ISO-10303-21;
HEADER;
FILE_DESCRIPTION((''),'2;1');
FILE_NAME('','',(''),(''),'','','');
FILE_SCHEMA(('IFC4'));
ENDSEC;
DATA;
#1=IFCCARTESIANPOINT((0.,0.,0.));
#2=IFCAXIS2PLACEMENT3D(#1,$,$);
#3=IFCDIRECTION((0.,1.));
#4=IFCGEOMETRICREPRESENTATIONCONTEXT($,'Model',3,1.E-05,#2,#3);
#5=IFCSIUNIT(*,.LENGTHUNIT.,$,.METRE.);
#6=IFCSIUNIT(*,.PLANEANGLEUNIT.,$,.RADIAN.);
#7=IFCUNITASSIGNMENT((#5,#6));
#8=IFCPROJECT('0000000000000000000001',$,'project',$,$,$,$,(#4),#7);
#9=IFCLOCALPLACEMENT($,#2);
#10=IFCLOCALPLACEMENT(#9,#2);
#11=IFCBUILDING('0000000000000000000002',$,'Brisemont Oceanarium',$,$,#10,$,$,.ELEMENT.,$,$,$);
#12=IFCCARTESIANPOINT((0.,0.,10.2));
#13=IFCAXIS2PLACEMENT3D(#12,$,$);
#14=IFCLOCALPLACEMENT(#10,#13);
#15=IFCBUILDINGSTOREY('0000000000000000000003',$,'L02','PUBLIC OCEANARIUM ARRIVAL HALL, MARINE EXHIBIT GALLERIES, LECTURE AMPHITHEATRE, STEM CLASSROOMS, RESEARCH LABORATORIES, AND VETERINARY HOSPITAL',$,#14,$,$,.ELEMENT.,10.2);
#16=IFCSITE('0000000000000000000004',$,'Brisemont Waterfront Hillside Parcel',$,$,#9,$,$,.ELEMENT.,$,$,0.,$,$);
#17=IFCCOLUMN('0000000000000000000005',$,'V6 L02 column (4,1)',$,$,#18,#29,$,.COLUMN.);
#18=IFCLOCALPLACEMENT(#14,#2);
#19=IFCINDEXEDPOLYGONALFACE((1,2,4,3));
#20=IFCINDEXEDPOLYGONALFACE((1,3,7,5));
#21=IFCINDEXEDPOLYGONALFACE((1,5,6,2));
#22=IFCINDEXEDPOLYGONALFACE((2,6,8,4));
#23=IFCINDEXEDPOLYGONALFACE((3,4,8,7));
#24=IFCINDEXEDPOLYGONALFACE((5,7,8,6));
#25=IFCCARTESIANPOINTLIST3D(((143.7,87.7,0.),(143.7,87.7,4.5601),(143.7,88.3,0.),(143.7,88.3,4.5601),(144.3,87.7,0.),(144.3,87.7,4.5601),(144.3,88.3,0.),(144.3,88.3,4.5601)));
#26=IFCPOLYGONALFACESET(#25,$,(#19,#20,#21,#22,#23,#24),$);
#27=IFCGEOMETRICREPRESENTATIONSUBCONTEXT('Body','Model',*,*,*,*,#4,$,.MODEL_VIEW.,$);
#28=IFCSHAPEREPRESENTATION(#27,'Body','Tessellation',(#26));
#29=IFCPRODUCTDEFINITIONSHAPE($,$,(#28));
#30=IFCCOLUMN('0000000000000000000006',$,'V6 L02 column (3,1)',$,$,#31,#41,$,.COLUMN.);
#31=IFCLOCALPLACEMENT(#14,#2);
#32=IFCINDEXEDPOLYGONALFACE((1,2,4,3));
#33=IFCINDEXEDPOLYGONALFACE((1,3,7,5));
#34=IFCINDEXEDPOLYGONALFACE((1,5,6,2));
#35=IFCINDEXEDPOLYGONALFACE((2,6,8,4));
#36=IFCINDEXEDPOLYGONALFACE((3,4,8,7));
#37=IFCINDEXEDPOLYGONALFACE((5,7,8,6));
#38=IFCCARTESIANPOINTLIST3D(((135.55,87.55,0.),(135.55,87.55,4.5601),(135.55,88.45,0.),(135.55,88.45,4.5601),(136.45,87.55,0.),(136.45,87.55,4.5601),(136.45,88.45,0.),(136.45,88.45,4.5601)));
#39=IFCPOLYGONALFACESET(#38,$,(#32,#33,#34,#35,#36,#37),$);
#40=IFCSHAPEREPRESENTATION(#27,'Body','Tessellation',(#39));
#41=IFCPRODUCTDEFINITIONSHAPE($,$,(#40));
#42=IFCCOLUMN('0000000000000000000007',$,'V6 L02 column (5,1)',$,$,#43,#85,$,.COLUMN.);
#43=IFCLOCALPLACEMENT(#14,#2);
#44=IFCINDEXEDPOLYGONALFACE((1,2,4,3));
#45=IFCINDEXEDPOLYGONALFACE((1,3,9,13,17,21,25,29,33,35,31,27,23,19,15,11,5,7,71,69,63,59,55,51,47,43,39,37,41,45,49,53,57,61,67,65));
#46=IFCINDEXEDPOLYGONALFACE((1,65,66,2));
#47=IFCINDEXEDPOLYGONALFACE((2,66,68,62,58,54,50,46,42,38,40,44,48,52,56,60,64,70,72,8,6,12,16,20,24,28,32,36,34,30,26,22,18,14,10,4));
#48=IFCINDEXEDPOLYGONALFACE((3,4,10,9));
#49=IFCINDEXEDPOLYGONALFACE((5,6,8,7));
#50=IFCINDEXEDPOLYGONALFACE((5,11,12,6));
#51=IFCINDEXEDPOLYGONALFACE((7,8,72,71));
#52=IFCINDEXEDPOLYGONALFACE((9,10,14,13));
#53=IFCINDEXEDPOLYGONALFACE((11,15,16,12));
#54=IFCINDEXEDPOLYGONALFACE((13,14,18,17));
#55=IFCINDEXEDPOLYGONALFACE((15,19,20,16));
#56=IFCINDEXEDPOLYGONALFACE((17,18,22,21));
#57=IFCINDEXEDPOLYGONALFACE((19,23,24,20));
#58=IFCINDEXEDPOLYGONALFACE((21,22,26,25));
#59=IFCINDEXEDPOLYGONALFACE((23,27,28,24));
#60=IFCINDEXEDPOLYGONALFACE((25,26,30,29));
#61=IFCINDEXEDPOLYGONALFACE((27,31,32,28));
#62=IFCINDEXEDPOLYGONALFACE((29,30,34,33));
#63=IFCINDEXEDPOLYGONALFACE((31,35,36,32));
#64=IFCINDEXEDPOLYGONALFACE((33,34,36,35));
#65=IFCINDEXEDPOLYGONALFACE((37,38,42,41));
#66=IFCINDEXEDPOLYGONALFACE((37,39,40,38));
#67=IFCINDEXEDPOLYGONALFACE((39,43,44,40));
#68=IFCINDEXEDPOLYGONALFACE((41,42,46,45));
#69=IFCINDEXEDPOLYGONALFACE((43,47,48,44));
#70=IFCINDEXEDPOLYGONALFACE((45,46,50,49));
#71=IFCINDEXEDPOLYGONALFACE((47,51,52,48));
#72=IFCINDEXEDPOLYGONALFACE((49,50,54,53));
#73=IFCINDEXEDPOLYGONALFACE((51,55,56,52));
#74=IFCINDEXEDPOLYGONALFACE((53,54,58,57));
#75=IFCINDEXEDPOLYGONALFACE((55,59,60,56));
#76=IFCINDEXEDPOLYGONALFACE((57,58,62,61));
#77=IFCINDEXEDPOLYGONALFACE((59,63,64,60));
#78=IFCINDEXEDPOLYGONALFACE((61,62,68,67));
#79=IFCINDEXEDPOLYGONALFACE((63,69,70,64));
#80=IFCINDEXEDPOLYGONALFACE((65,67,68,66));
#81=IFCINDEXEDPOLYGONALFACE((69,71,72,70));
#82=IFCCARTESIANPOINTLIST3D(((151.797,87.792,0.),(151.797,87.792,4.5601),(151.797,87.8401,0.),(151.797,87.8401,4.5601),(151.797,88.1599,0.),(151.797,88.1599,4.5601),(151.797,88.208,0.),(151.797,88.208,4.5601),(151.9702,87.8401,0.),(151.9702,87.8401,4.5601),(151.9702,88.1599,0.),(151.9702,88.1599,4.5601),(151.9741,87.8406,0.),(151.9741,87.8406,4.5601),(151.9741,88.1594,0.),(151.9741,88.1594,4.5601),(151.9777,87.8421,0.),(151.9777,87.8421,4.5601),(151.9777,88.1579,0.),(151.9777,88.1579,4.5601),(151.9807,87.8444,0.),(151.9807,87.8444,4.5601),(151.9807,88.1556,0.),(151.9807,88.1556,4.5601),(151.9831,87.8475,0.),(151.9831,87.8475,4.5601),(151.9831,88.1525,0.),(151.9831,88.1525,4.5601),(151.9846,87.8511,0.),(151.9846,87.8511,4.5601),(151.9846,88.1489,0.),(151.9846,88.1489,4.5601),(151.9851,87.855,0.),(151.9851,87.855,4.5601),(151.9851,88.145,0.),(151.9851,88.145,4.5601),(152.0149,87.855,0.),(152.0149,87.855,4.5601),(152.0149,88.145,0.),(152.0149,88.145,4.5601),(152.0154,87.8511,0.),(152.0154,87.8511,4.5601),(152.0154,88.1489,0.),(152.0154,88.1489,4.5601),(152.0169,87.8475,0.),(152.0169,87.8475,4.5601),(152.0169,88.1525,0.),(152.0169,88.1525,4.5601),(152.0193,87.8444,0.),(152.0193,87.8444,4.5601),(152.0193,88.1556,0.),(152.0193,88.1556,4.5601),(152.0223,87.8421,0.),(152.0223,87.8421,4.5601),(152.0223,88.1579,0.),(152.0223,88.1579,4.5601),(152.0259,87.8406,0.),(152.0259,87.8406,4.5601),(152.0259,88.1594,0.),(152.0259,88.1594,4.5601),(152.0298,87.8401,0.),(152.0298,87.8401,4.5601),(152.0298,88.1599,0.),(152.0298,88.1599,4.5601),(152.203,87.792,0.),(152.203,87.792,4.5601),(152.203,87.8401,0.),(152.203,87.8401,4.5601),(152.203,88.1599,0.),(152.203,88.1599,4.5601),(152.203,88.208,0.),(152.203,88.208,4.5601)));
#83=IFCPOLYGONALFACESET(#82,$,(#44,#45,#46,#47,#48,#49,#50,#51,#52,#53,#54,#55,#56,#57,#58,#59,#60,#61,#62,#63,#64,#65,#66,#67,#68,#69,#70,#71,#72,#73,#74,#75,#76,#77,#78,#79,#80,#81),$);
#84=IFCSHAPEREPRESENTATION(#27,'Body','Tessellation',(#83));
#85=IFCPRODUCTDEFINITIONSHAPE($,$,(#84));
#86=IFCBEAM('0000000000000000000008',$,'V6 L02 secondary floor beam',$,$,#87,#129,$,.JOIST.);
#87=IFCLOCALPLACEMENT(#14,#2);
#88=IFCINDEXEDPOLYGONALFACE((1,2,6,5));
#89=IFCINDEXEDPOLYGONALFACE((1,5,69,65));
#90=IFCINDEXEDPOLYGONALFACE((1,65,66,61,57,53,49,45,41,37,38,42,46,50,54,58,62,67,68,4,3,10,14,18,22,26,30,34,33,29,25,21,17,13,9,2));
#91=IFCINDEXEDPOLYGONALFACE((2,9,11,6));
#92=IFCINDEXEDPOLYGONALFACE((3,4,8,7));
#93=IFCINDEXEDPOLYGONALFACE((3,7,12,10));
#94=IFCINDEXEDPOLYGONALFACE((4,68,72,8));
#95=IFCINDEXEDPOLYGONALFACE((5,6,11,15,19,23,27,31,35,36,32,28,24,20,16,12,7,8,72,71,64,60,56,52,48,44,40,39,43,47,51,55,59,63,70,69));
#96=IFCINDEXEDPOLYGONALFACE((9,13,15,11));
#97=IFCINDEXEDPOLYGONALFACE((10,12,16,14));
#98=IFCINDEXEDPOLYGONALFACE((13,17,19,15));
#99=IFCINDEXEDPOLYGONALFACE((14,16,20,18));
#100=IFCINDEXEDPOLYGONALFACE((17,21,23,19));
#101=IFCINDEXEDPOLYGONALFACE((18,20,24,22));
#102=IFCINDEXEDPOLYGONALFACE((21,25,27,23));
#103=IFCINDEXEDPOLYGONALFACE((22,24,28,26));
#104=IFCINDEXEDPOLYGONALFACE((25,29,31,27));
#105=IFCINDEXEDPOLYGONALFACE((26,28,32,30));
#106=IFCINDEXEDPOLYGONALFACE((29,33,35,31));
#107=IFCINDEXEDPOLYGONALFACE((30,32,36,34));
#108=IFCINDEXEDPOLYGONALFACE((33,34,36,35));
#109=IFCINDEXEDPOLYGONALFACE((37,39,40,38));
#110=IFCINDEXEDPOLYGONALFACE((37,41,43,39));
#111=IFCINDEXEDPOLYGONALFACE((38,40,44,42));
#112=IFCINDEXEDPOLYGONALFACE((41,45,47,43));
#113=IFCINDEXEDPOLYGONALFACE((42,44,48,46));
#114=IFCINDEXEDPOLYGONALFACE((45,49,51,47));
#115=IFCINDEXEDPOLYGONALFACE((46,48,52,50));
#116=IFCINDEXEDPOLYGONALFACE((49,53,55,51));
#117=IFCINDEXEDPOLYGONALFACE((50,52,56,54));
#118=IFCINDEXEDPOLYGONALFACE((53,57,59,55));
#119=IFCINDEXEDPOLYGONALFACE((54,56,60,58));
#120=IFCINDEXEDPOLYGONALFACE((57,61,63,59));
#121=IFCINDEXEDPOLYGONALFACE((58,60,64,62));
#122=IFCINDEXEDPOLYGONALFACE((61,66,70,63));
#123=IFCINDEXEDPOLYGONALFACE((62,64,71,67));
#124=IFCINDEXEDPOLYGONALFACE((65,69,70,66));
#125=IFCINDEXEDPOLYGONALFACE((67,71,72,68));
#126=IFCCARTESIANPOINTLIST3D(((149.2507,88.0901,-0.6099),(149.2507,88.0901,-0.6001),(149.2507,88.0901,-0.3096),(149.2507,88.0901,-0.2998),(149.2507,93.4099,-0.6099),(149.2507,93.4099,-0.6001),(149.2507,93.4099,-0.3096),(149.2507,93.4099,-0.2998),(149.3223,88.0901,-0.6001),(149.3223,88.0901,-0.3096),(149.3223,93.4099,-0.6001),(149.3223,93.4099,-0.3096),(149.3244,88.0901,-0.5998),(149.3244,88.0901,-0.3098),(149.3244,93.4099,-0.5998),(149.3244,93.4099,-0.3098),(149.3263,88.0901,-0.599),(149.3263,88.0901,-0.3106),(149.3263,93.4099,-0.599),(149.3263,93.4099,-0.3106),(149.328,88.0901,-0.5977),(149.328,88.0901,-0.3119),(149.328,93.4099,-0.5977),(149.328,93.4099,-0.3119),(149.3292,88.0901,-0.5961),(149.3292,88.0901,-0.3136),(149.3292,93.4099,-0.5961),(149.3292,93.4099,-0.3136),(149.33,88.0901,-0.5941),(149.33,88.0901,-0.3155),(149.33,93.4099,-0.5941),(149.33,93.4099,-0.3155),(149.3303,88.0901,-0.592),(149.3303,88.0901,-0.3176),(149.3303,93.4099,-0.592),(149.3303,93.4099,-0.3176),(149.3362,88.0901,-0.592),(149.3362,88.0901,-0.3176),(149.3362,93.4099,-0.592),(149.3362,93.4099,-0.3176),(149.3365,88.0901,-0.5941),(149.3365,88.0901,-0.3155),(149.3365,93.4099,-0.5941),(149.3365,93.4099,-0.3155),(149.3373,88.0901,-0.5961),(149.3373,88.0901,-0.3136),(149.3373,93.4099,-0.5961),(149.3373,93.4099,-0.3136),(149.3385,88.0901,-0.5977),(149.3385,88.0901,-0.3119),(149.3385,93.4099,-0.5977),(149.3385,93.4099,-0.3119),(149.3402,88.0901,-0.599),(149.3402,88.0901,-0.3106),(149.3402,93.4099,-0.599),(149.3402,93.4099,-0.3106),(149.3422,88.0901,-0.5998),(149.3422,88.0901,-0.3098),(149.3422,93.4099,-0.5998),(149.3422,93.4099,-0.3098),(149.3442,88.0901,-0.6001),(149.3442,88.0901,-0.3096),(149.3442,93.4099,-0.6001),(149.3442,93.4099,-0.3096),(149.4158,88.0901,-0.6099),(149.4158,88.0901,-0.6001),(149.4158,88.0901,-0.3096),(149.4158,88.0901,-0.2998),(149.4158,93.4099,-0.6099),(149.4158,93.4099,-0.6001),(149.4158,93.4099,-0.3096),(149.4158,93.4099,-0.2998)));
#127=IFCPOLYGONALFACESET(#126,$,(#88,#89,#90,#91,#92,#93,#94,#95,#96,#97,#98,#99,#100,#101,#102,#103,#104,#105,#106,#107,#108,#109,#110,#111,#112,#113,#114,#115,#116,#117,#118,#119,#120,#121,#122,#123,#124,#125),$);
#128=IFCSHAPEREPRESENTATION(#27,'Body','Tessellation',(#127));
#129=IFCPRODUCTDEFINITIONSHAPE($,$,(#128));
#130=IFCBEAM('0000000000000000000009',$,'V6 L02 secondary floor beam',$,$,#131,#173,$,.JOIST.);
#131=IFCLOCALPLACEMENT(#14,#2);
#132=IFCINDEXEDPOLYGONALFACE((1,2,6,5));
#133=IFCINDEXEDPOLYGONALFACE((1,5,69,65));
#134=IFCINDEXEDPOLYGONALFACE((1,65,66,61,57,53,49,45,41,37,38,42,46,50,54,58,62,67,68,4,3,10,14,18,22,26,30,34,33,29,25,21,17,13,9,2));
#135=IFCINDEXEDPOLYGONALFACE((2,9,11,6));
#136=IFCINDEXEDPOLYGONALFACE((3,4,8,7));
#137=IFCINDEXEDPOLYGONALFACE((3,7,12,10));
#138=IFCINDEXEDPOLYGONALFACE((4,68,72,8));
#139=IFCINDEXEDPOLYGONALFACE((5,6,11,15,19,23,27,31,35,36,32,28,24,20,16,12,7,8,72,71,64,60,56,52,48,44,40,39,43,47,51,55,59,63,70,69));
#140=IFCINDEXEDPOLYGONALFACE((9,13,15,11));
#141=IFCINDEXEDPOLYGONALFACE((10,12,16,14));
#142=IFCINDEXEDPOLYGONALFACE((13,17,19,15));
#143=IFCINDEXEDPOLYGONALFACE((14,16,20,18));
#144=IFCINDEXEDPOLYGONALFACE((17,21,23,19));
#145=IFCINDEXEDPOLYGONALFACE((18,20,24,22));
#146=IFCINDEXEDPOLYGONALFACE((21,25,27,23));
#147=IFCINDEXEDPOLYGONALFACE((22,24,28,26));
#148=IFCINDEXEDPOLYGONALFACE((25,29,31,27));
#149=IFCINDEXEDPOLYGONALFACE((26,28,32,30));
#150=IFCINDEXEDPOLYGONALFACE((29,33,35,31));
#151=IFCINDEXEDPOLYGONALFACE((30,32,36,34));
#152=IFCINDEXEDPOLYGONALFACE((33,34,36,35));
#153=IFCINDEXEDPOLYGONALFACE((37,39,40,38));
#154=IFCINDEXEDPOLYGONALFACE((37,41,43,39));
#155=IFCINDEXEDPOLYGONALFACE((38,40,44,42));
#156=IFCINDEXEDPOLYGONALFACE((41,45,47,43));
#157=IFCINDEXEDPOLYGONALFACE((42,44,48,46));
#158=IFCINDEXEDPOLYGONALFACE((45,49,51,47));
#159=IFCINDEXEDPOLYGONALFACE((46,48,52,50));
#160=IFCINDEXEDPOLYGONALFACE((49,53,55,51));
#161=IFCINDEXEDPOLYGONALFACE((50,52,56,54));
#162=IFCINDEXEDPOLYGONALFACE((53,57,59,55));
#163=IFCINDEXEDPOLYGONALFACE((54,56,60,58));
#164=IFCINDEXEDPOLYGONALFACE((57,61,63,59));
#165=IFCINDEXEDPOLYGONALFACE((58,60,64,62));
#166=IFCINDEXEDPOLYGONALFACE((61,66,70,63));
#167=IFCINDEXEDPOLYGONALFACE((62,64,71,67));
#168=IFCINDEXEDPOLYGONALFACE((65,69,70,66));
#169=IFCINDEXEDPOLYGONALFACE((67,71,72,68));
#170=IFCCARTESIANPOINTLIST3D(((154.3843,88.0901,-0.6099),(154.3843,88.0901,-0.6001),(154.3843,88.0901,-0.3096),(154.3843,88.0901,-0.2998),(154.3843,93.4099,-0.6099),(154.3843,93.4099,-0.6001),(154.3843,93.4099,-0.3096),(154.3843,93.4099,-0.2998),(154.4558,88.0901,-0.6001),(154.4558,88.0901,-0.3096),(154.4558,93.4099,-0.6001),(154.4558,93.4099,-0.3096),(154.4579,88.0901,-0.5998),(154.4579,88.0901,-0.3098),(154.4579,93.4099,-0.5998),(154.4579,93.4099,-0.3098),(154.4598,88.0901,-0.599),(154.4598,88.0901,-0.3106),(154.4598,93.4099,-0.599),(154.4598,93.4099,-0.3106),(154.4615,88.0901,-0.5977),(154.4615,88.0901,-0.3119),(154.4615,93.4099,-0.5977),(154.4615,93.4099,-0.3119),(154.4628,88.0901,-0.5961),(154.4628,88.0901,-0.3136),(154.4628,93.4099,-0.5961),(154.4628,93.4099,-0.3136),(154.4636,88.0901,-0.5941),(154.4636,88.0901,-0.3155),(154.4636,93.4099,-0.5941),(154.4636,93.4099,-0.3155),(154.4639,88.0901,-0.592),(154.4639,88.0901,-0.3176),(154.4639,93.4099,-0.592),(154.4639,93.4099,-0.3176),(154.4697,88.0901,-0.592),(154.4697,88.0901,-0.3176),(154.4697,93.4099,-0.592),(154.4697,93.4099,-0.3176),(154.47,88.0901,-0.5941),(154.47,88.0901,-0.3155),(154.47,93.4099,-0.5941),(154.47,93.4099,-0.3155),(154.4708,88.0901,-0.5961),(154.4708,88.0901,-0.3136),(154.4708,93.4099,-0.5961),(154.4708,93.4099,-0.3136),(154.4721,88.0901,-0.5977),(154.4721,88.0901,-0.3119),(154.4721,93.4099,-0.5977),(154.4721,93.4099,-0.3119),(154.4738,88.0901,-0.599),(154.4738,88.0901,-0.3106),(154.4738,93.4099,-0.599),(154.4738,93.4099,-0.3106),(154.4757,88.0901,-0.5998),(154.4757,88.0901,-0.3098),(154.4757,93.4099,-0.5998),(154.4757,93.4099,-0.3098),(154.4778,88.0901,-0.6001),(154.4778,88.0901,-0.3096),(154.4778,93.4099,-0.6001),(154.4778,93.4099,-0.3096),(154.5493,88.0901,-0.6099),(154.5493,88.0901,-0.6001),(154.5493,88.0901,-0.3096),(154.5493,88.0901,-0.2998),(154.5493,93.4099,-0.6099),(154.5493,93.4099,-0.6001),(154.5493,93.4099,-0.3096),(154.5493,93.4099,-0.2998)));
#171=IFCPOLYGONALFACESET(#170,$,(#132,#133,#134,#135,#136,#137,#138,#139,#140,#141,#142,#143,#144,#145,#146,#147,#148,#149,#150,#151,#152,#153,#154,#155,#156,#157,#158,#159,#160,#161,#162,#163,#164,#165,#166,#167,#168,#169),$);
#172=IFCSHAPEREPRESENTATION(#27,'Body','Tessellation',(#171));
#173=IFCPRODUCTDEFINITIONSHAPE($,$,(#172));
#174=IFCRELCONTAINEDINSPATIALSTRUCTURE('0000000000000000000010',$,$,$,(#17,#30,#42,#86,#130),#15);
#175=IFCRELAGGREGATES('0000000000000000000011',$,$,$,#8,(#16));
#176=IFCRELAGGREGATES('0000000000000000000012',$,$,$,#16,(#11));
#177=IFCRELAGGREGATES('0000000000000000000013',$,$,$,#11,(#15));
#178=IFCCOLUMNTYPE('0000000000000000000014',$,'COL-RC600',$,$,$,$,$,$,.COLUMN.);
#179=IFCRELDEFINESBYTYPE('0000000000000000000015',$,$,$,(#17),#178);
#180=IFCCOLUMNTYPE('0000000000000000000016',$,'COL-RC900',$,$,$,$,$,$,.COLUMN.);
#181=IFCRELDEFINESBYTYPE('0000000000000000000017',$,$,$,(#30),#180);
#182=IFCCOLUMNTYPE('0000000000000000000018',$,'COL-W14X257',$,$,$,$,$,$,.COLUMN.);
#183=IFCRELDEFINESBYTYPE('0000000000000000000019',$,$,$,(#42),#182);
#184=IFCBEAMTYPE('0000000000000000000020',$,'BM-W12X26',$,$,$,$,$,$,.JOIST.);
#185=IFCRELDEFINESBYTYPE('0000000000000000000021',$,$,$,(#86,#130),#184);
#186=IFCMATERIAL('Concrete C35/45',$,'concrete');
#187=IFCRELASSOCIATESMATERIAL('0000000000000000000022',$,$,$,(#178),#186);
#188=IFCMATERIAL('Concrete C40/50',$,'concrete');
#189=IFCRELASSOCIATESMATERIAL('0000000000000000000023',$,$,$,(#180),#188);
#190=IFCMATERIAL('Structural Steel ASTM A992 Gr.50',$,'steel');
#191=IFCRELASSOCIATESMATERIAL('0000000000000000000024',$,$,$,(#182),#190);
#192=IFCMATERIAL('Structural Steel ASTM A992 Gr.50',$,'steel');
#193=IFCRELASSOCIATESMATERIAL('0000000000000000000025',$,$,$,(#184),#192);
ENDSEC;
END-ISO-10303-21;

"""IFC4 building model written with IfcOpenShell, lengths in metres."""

from ifc_helpers import new_model, si_unit, direction, frame, origin, origin_2d, place, context, subcontext, project, spatial, rectangle, i_section, extrude, material, material_profile, profile_set, type_object, element, save


model = new_model("IFC4")

# Units and contexts
model_context = context("Model", 3, precision=1e-05, world=origin(), true_north=direction((0.0, 1.0)))
body_context = subcontext(model_context, "Body", "Model", "MODEL_VIEW")
ifc_project = project(units=[si_unit("LENGTHUNIT", "METRE"), si_unit("PLANEANGLEUNIT", "RADIAN")], contexts=[model_context])

# Site, building, storey
site_placement = place(None, origin())
site = spatial("IfcSite", under=ifc_project, at=site_placement, Name="Brisemont Waterfront Hillside Parcel", CompositionType="ELEMENT", RefElevation=0.0)
building_placement = place(site_placement, origin())
building = spatial("IfcBuilding", under=site, at=building_placement, Name="Brisemont Oceanarium", CompositionType="ELEMENT")
storey_placement = place(building_placement, frame((0.0, 0.0, 10.2)))
storey = spatial("IfcBuildingStorey", under=building, at=storey_placement, Name="L02", Description="PUBLIC OCEANARIUM ARRIVAL HALL, MARINE EXHIBIT GALLERIES, LECTURE AMPHITHEATRE, STEM CLASSROOMS, RESEARCH LABORATORIES, AND VETERINARY HOSPITAL", CompositionType="ELEMENT", Elevation=10.2)

# Columns
ifc_material_1 = material(Name="Concrete C35/45", Category="concrete")
ifc_material_profile_1 = material_profile(ifc_material_1, rectangle(XDim=0.6001, YDim=0.6001, at=origin_2d()), Name="RC-COL-600X600")
ifc_profile_set_1 = profile_set([ifc_material_profile_1], Name="Concrete C35/45")
column_type_1 = type_object("IfcColumnType", Name="COL-RC600", PredefinedType="COLUMN", material=ifc_profile_set_1)
column_1_placement = place(storey_placement, frame((144.0, 88.0, 0.0), z_axis=(0.0, 0.0, 1.0), x_axis=(0.0, 1.0, 0.0)))
element("IfcColumn", 1, at=column_1_placement, inside=storey, type_object=column_type_1, Name="V6 L02 column (4,1)", PredefinedType="COLUMN", context=body_context, shape_type="SweptSolid", body=[
    extrude(rectangle(XDim=0.6001, YDim=0.6001, at=origin_2d()), origin(), (0.0, 0.0, 1.0), 4.5601),
])
ifc_material_2 = material(Name="Concrete C40/50", Category="concrete")
ifc_material_profile_2 = material_profile(ifc_material_2, rectangle(XDim=0.8999, YDim=0.8999, at=origin_2d()), Name="RC-COL-900X900")
ifc_profile_set_2 = profile_set([ifc_material_profile_2], Name="Concrete C40/50")
column_type_2 = type_object("IfcColumnType", Name="COL-RC900", PredefinedType="COLUMN", material=ifc_profile_set_2)
column_2_placement = place(storey_placement, frame((136.0, 88.0, 0.0), z_axis=(0.0, 0.0, 1.0), x_axis=(1.0, 0.0, 0.0)))
element("IfcColumn", 2, at=column_2_placement, inside=storey, type_object=column_type_2, Name="V6 L02 column (3,1)", PredefinedType="COLUMN", context=body_context, shape_type="SweptSolid", body=[
    extrude(rectangle(XDim=0.8999, YDim=0.8999, at=origin_2d()), origin(), (0.0, 0.0, 1.0), 4.5601),
])
ifc_material_3 = material(Name="Structural Steel ASTM A992 Gr.50", Category="steel")
ifc_material_profile_3 = material_profile(ifc_material_3, i_section(OverallWidth=0.406, OverallDepth=0.416, WebThickness=0.0298, FlangeThickness=0.0481, FilletRadius=0.0149, at=origin_2d()), Name="W14X257")
ifc_profile_set_3 = profile_set([ifc_material_profile_3], Name="Structural Steel ASTM A992 Gr.50")
column_type_3 = type_object("IfcColumnType", Name="COL-W14X257", PredefinedType="COLUMN", material=ifc_profile_set_3)
column_3_placement = place(storey_placement, frame((152.0, 88.0, 0.0), z_axis=(0.0, 0.0, 1.0), x_axis=(1.0, 0.0, 0.0)))
element("IfcColumn", 3, at=column_3_placement, inside=storey, type_object=column_type_3, Name="V6 L02 column (5,1)", PredefinedType="COLUMN", context=body_context, shape_type="SweptSolid", body=[
    extrude(i_section(OverallWidth=0.406, OverallDepth=0.416, WebThickness=0.0298, FlangeThickness=0.0481, FilletRadius=0.0149, at=origin_2d()), origin(), (0.0, 0.0, 1.0), 4.5601),
])

# Beams
ifc_material_4 = material(Name="Structural Steel ASTM A992 Gr.50", Category="steel")
ifc_material_profile_4 = material_profile(ifc_material_4, i_section(OverallWidth=0.165, OverallDepth=0.3101, WebThickness=0.0059, FlangeThickness=0.0098, FilletRadius=0.0081, at=origin_2d()), Name="W12X26")
ifc_profile_set_4 = profile_set([ifc_material_profile_4], Name="Structural Steel ASTM A992 Gr.50")
beam_type_1 = type_object("IfcBeamType", Name="BM-W12X26", PredefinedType="JOIST", material=ifc_profile_set_4)
for number, where, z_axis, x_axis, name in (
    (4, (149.3333, 88.0901, -0.4548), (0.0, 1.0, 0.0), (-1.0, 0.0, 0.0), "V6 L02 secondary floor beam"),
    (5, (154.4668, 88.0901, -0.4548), (0.0, 1.0, 0.0), (-1.0, 0.0, 0.0), "V6 L02 secondary floor beam"),
):
    element("IfcBeam", number, at=place(storey_placement, frame(where, z_axis=z_axis, x_axis=x_axis)), inside=storey, type_object=beam_type_1, Name=name, PredefinedType="JOIST", context=body_context, shape_type="SweptSolid", body=[
        extrude(i_section(OverallWidth=0.165, OverallDepth=0.3101, WebThickness=0.0059, FlangeThickness=0.0098, FilletRadius=0.0081, at=origin_2d()), origin(), (0.0, 0.0, 1.0), 5.3198),
    ])

save(model, "model.ifc")
